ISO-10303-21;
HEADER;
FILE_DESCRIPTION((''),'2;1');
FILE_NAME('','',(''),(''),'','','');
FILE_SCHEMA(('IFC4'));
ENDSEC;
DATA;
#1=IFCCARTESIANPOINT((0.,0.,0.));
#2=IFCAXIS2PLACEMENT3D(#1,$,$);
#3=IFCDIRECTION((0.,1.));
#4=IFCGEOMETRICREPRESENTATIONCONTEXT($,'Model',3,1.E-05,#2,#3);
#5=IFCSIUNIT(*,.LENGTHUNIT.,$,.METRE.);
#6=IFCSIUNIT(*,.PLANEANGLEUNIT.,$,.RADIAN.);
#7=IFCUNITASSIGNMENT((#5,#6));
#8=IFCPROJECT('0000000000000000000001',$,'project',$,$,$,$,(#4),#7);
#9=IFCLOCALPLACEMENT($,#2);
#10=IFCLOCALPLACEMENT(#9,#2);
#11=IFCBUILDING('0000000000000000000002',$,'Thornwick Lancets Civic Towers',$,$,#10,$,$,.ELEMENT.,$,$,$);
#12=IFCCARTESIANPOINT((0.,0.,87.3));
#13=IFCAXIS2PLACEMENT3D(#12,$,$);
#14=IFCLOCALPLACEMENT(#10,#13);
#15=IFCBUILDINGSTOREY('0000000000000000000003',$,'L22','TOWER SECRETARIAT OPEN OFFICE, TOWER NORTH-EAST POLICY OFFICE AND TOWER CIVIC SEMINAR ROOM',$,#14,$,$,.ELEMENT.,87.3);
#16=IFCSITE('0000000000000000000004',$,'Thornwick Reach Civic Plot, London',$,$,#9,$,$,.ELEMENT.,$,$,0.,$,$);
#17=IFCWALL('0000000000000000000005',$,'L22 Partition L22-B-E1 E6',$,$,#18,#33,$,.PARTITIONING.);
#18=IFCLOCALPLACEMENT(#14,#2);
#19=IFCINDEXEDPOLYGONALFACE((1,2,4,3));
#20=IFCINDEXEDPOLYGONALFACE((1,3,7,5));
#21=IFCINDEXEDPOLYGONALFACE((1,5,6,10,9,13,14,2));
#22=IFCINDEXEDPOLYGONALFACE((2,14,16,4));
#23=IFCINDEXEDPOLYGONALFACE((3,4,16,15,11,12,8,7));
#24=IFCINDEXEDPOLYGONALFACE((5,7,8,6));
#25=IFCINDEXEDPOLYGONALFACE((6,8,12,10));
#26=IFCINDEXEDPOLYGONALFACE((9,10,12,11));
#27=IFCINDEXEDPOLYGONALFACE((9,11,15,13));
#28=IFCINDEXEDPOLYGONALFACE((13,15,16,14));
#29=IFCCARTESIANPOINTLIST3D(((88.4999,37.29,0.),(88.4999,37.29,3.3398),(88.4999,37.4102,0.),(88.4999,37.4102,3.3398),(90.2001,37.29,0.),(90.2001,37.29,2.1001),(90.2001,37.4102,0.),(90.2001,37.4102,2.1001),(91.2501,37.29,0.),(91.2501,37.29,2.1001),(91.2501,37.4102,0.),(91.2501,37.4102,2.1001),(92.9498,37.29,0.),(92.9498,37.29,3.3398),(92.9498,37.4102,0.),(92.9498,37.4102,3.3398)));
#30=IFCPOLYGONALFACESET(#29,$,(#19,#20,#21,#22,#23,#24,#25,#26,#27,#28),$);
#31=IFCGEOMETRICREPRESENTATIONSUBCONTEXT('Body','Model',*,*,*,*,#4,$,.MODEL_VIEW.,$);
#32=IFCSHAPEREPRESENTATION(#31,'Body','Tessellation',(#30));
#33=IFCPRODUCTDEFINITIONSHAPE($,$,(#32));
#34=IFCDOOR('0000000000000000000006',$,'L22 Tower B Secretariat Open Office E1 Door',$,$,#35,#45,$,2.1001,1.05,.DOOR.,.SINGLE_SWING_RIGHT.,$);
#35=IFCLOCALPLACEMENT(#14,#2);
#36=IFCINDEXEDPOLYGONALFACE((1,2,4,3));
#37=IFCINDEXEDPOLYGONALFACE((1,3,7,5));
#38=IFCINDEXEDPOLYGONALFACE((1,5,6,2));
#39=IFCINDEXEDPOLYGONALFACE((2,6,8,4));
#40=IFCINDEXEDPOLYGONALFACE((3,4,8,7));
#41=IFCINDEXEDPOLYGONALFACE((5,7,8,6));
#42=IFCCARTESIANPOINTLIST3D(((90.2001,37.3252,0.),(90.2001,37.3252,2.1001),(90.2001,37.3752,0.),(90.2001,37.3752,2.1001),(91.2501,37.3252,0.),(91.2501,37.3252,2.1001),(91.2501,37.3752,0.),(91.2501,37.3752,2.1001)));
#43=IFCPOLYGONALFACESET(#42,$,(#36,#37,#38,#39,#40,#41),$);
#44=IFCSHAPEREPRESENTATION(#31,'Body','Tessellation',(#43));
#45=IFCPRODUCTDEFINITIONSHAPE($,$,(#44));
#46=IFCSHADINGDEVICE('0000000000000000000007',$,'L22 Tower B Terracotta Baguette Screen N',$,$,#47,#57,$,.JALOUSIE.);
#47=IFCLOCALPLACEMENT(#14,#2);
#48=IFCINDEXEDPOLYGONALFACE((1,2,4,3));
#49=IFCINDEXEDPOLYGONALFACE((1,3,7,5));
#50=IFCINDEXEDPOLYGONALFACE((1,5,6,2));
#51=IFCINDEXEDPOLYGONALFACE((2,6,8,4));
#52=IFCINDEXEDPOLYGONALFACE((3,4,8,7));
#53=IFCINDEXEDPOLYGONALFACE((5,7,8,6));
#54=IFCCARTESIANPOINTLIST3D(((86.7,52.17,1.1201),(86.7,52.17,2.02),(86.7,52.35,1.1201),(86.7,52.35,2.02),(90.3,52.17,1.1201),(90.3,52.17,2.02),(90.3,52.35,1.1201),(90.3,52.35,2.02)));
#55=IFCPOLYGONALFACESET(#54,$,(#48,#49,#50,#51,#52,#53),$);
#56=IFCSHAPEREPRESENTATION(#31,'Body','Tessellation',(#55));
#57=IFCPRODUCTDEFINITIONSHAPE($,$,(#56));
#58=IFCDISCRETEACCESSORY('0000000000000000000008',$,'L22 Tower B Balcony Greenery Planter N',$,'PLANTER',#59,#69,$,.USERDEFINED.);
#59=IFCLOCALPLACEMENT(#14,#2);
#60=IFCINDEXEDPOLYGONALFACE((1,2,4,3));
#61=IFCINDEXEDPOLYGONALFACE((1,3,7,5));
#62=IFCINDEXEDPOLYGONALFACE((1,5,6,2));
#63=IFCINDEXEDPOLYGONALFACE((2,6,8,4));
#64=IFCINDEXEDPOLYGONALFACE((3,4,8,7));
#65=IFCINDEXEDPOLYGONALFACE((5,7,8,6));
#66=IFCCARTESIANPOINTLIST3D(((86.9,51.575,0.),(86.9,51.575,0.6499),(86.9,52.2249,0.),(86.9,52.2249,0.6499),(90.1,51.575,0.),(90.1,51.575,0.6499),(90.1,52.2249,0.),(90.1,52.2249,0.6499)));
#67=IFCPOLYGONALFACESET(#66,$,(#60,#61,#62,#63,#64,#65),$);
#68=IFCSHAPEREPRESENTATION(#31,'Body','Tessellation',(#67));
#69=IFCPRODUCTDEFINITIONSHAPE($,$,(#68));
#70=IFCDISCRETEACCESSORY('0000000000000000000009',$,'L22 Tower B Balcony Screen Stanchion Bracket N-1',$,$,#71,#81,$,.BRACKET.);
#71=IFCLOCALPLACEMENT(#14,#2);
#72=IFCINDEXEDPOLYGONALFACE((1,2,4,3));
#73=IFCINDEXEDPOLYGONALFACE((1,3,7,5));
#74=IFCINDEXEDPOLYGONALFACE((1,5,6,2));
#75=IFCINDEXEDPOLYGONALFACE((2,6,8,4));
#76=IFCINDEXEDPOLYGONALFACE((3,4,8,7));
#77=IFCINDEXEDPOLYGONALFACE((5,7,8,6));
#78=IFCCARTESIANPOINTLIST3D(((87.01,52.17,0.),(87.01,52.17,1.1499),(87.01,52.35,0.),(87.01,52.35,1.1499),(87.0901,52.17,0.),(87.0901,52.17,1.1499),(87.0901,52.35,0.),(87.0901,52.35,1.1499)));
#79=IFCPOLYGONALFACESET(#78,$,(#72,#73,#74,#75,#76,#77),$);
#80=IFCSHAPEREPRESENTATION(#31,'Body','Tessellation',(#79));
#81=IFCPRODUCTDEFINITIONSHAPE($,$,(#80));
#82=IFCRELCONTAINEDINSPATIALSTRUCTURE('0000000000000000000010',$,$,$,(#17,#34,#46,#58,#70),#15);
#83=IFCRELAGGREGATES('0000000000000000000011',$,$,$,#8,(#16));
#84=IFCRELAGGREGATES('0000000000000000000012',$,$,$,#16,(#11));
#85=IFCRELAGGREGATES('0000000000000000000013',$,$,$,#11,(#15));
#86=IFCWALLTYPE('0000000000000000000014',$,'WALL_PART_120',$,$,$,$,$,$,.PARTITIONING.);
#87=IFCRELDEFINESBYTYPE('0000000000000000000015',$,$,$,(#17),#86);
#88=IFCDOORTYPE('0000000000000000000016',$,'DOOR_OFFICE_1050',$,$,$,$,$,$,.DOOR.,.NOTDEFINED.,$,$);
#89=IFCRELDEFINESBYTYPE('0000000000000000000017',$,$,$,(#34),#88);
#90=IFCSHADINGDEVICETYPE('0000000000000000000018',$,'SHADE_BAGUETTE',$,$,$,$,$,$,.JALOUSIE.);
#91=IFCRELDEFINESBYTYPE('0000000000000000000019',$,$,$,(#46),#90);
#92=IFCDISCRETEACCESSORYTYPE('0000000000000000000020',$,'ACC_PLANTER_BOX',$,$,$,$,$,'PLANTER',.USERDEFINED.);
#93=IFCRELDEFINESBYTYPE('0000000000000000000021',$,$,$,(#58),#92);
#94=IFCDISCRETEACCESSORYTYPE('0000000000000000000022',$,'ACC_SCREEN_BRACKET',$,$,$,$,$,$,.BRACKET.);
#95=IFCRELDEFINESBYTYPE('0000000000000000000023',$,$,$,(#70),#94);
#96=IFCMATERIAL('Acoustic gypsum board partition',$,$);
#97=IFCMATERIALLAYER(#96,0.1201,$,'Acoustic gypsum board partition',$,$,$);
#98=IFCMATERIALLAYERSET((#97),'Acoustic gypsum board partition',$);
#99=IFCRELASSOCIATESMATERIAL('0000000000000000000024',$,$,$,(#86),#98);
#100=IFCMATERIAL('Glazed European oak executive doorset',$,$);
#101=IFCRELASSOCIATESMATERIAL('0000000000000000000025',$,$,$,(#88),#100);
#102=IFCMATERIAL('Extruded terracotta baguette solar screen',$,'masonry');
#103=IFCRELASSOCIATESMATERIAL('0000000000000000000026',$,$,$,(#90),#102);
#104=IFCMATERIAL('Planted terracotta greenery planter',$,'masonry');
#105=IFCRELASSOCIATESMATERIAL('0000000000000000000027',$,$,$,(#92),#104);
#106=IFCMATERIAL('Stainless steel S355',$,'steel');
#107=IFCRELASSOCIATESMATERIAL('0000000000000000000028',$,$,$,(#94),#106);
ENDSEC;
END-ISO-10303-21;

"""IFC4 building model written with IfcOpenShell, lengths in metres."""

from ifc_helpers import new_model, si_unit, direction, frame, frame_2d, origin, origin_2d, place, context, subcontext, project, spatial, rectangle, extrude, material, layer, layer_set, type_object, element, fill, save


model = new_model("IFC4")

# Units and contexts
model_context = context("Model", 3, precision=1e-05, world=origin(), true_north=direction((0.0, 1.0)))
body_context = subcontext(model_context, "Body", "Model", "MODEL_VIEW")
ifc_project = project(units=[si_unit("LENGTHUNIT", "METRE"), si_unit("PLANEANGLEUNIT", "RADIAN")], contexts=[model_context])

# Site, building, storey
site_placement = place(None, origin())
site = spatial("IfcSite", under=ifc_project, at=site_placement, Name="Thornwick Reach Civic Plot, London", CompositionType="ELEMENT", RefElevation=0.0)
building_placement = place(site_placement, origin())
building = spatial("IfcBuilding", under=site, at=building_placement, Name="Thornwick Lancets Civic Towers", CompositionType="ELEMENT")
storey_placement = place(building_placement, frame((0.0, 0.0, 87.3)))
storey = spatial("IfcBuildingStorey", under=building, at=storey_placement, Name="L22", Description="TOWER SECRETARIAT OPEN OFFICE, TOWER NORTH-EAST POLICY OFFICE AND TOWER CIVIC SEMINAR ROOM", CompositionType="ELEMENT", Elevation=87.3)

# Shared definitions
ifc_material_1 = material(Name="Acoustic gypsum board partition")
ifc_layer_1 = layer(ifc_material_1, 0.1201, Name="Acoustic gypsum board partition")
ifc_layer_set_1 = layer_set([ifc_layer_1], Name="Acoustic gypsum board partition")
wall_type_1 = type_object("IfcWallType", Name="WALL_PART_120", PredefinedType="PARTITIONING", material=ifc_layer_set_1)

# Wall, opening, door
wall_1_placement = place(storey_placement, frame((92.95, 37.3501, 0.0), z_axis=(0.0, 0.0, 1.0), x_axis=(-1.0, 0.0, 0.0)))
wall_1 = element("IfcWall", 1, at=wall_1_placement, inside=storey, type_object=wall_type_1, Name="L22 Partition L22-B-E1 E6", PredefinedType="PARTITIONING", context=body_context, shape_type="SweptSolid", body=[
    extrude(rectangle(XDim=4.45, YDim=0.1201, at=frame_2d((2.2251, 0.0))), origin(), (0.0, 0.0, 1.0), 3.3398),
])
opening_1_placement = place(wall_1_placement, frame((1.7, 0.0, 0.0)))
opening_1 = element("IfcOpeningElement", 2, at=opening_1_placement, cuts=wall_1, PredefinedType="OPENING", context=body_context, shape_type="SweptSolid", body=[
    extrude(rectangle(XDim=1.05, YDim=2.1001, at=frame_2d((0.5249, 1.05))), frame((0.0, 0.0701, 0.0), z_axis=(0.0, -1.0, 0.0), x_axis=(1.0, 0.0, 0.0)), (0.0, 0.0, 1.0), 0.1401),
])
ifc_material_2 = material(Name="Glazed European oak executive doorset")
door_type_1 = type_object("IfcDoorType", Name="DOOR_OFFICE_1050", OperationType="NOTDEFINED", PredefinedType="DOOR", material=ifc_material_2)
door_1_placement = place(opening_1_placement, origin())
door_1 = element("IfcDoor", 3, at=door_1_placement, inside=storey, type_object=door_type_1, Name="L22 Tower B Secretariat Open Office E1 Door", OperationType="SINGLE_SWING_RIGHT", OverallHeight=2.1001, OverallWidth=1.05, PredefinedType="DOOR", context=body_context, shape_type="SweptSolid", body=[
    extrude(rectangle(XDim=1.05, YDim=2.1001, at=frame_2d((0.5249, 1.05))), frame((0.0, 0.0249, 0.0), z_axis=(0.0, -1.0, 0.0), x_axis=(1.0, 0.0, 0.0)), (0.0, 0.0, 1.0), 0.05),
])
fill(opening_1, door_1)

# Shading device
ifc_material_3 = material(Name="Extruded terracotta baguette solar screen", Category="masonry")
shading_device_type = type_object("IfcShadingDeviceType", Name="SHADE_BAGUETTE", PredefinedType="JALOUSIE", material=ifc_material_3)
shading_device_placement = place(storey_placement, frame((88.5, 52.26, 1.1201), z_axis=(0.0, 0.0, 1.0), x_axis=(1.0, 0.0, 0.0)))
element("IfcShadingDevice", 4, at=shading_device_placement, inside=storey, type_object=shading_device_type, Name="L22 Tower B Terracotta Baguette Screen N", PredefinedType="JALOUSIE", context=body_context, shape_type="SweptSolid", body=[
    extrude(rectangle(XDim=3.6001, YDim=0.1799, at=origin_2d()), origin(), (0.0, 0.0, 1.0), 0.8999),
])

# Discrete accessories
ifc_material_4 = material(Name="Planted terracotta greenery planter", Category="masonry")
discrete_accessory_type_1 = type_object("IfcDiscreteAccessoryType", Name="ACC_PLANTER_BOX", ElementType="PLANTER", PredefinedType="USERDEFINED", material=ifc_material_4)
discrete_accessory_1_placement = place(storey_placement, frame((88.5, 51.8999, 0.0), z_axis=(0.0, 0.0, 1.0), x_axis=(1.0, 0.0, 0.0)))
element("IfcDiscreteAccessory", 5, at=discrete_accessory_1_placement, inside=storey, type_object=discrete_accessory_type_1, Name="L22 Tower B Balcony Greenery Planter N", ObjectType="PLANTER", PredefinedType="USERDEFINED", context=body_context, shape_type="SweptSolid", body=[
    extrude(rectangle(XDim=3.2, YDim=0.6499, at=origin_2d()), origin(), (0.0, 0.0, 1.0), 0.6499),
])
ifc_material_5 = material(Name="Stainless steel S355", Category="steel")
discrete_accessory_type_2 = type_object("IfcDiscreteAccessoryType", Name="ACC_SCREEN_BRACKET", PredefinedType="BRACKET", material=ifc_material_5)
discrete_accessory_2_placement = place(storey_placement, frame((87.05, 52.26, 0.0), z_axis=(0.0, 0.0, 1.0), x_axis=(1.0, 0.0, 0.0)))
element("IfcDiscreteAccessory", 6, at=discrete_accessory_2_placement, inside=storey, type_object=discrete_accessory_type_2, Name="L22 Tower B Balcony Screen Stanchion Bracket N-1", PredefinedType="BRACKET", context=body_context, shape_type="SweptSolid", body=[
    extrude(rectangle(XDim=0.0801, YDim=0.1799, at=origin_2d()), origin(), (0.0, 0.0, 1.0), 1.1499),
])

save(model, "model.ifc")
